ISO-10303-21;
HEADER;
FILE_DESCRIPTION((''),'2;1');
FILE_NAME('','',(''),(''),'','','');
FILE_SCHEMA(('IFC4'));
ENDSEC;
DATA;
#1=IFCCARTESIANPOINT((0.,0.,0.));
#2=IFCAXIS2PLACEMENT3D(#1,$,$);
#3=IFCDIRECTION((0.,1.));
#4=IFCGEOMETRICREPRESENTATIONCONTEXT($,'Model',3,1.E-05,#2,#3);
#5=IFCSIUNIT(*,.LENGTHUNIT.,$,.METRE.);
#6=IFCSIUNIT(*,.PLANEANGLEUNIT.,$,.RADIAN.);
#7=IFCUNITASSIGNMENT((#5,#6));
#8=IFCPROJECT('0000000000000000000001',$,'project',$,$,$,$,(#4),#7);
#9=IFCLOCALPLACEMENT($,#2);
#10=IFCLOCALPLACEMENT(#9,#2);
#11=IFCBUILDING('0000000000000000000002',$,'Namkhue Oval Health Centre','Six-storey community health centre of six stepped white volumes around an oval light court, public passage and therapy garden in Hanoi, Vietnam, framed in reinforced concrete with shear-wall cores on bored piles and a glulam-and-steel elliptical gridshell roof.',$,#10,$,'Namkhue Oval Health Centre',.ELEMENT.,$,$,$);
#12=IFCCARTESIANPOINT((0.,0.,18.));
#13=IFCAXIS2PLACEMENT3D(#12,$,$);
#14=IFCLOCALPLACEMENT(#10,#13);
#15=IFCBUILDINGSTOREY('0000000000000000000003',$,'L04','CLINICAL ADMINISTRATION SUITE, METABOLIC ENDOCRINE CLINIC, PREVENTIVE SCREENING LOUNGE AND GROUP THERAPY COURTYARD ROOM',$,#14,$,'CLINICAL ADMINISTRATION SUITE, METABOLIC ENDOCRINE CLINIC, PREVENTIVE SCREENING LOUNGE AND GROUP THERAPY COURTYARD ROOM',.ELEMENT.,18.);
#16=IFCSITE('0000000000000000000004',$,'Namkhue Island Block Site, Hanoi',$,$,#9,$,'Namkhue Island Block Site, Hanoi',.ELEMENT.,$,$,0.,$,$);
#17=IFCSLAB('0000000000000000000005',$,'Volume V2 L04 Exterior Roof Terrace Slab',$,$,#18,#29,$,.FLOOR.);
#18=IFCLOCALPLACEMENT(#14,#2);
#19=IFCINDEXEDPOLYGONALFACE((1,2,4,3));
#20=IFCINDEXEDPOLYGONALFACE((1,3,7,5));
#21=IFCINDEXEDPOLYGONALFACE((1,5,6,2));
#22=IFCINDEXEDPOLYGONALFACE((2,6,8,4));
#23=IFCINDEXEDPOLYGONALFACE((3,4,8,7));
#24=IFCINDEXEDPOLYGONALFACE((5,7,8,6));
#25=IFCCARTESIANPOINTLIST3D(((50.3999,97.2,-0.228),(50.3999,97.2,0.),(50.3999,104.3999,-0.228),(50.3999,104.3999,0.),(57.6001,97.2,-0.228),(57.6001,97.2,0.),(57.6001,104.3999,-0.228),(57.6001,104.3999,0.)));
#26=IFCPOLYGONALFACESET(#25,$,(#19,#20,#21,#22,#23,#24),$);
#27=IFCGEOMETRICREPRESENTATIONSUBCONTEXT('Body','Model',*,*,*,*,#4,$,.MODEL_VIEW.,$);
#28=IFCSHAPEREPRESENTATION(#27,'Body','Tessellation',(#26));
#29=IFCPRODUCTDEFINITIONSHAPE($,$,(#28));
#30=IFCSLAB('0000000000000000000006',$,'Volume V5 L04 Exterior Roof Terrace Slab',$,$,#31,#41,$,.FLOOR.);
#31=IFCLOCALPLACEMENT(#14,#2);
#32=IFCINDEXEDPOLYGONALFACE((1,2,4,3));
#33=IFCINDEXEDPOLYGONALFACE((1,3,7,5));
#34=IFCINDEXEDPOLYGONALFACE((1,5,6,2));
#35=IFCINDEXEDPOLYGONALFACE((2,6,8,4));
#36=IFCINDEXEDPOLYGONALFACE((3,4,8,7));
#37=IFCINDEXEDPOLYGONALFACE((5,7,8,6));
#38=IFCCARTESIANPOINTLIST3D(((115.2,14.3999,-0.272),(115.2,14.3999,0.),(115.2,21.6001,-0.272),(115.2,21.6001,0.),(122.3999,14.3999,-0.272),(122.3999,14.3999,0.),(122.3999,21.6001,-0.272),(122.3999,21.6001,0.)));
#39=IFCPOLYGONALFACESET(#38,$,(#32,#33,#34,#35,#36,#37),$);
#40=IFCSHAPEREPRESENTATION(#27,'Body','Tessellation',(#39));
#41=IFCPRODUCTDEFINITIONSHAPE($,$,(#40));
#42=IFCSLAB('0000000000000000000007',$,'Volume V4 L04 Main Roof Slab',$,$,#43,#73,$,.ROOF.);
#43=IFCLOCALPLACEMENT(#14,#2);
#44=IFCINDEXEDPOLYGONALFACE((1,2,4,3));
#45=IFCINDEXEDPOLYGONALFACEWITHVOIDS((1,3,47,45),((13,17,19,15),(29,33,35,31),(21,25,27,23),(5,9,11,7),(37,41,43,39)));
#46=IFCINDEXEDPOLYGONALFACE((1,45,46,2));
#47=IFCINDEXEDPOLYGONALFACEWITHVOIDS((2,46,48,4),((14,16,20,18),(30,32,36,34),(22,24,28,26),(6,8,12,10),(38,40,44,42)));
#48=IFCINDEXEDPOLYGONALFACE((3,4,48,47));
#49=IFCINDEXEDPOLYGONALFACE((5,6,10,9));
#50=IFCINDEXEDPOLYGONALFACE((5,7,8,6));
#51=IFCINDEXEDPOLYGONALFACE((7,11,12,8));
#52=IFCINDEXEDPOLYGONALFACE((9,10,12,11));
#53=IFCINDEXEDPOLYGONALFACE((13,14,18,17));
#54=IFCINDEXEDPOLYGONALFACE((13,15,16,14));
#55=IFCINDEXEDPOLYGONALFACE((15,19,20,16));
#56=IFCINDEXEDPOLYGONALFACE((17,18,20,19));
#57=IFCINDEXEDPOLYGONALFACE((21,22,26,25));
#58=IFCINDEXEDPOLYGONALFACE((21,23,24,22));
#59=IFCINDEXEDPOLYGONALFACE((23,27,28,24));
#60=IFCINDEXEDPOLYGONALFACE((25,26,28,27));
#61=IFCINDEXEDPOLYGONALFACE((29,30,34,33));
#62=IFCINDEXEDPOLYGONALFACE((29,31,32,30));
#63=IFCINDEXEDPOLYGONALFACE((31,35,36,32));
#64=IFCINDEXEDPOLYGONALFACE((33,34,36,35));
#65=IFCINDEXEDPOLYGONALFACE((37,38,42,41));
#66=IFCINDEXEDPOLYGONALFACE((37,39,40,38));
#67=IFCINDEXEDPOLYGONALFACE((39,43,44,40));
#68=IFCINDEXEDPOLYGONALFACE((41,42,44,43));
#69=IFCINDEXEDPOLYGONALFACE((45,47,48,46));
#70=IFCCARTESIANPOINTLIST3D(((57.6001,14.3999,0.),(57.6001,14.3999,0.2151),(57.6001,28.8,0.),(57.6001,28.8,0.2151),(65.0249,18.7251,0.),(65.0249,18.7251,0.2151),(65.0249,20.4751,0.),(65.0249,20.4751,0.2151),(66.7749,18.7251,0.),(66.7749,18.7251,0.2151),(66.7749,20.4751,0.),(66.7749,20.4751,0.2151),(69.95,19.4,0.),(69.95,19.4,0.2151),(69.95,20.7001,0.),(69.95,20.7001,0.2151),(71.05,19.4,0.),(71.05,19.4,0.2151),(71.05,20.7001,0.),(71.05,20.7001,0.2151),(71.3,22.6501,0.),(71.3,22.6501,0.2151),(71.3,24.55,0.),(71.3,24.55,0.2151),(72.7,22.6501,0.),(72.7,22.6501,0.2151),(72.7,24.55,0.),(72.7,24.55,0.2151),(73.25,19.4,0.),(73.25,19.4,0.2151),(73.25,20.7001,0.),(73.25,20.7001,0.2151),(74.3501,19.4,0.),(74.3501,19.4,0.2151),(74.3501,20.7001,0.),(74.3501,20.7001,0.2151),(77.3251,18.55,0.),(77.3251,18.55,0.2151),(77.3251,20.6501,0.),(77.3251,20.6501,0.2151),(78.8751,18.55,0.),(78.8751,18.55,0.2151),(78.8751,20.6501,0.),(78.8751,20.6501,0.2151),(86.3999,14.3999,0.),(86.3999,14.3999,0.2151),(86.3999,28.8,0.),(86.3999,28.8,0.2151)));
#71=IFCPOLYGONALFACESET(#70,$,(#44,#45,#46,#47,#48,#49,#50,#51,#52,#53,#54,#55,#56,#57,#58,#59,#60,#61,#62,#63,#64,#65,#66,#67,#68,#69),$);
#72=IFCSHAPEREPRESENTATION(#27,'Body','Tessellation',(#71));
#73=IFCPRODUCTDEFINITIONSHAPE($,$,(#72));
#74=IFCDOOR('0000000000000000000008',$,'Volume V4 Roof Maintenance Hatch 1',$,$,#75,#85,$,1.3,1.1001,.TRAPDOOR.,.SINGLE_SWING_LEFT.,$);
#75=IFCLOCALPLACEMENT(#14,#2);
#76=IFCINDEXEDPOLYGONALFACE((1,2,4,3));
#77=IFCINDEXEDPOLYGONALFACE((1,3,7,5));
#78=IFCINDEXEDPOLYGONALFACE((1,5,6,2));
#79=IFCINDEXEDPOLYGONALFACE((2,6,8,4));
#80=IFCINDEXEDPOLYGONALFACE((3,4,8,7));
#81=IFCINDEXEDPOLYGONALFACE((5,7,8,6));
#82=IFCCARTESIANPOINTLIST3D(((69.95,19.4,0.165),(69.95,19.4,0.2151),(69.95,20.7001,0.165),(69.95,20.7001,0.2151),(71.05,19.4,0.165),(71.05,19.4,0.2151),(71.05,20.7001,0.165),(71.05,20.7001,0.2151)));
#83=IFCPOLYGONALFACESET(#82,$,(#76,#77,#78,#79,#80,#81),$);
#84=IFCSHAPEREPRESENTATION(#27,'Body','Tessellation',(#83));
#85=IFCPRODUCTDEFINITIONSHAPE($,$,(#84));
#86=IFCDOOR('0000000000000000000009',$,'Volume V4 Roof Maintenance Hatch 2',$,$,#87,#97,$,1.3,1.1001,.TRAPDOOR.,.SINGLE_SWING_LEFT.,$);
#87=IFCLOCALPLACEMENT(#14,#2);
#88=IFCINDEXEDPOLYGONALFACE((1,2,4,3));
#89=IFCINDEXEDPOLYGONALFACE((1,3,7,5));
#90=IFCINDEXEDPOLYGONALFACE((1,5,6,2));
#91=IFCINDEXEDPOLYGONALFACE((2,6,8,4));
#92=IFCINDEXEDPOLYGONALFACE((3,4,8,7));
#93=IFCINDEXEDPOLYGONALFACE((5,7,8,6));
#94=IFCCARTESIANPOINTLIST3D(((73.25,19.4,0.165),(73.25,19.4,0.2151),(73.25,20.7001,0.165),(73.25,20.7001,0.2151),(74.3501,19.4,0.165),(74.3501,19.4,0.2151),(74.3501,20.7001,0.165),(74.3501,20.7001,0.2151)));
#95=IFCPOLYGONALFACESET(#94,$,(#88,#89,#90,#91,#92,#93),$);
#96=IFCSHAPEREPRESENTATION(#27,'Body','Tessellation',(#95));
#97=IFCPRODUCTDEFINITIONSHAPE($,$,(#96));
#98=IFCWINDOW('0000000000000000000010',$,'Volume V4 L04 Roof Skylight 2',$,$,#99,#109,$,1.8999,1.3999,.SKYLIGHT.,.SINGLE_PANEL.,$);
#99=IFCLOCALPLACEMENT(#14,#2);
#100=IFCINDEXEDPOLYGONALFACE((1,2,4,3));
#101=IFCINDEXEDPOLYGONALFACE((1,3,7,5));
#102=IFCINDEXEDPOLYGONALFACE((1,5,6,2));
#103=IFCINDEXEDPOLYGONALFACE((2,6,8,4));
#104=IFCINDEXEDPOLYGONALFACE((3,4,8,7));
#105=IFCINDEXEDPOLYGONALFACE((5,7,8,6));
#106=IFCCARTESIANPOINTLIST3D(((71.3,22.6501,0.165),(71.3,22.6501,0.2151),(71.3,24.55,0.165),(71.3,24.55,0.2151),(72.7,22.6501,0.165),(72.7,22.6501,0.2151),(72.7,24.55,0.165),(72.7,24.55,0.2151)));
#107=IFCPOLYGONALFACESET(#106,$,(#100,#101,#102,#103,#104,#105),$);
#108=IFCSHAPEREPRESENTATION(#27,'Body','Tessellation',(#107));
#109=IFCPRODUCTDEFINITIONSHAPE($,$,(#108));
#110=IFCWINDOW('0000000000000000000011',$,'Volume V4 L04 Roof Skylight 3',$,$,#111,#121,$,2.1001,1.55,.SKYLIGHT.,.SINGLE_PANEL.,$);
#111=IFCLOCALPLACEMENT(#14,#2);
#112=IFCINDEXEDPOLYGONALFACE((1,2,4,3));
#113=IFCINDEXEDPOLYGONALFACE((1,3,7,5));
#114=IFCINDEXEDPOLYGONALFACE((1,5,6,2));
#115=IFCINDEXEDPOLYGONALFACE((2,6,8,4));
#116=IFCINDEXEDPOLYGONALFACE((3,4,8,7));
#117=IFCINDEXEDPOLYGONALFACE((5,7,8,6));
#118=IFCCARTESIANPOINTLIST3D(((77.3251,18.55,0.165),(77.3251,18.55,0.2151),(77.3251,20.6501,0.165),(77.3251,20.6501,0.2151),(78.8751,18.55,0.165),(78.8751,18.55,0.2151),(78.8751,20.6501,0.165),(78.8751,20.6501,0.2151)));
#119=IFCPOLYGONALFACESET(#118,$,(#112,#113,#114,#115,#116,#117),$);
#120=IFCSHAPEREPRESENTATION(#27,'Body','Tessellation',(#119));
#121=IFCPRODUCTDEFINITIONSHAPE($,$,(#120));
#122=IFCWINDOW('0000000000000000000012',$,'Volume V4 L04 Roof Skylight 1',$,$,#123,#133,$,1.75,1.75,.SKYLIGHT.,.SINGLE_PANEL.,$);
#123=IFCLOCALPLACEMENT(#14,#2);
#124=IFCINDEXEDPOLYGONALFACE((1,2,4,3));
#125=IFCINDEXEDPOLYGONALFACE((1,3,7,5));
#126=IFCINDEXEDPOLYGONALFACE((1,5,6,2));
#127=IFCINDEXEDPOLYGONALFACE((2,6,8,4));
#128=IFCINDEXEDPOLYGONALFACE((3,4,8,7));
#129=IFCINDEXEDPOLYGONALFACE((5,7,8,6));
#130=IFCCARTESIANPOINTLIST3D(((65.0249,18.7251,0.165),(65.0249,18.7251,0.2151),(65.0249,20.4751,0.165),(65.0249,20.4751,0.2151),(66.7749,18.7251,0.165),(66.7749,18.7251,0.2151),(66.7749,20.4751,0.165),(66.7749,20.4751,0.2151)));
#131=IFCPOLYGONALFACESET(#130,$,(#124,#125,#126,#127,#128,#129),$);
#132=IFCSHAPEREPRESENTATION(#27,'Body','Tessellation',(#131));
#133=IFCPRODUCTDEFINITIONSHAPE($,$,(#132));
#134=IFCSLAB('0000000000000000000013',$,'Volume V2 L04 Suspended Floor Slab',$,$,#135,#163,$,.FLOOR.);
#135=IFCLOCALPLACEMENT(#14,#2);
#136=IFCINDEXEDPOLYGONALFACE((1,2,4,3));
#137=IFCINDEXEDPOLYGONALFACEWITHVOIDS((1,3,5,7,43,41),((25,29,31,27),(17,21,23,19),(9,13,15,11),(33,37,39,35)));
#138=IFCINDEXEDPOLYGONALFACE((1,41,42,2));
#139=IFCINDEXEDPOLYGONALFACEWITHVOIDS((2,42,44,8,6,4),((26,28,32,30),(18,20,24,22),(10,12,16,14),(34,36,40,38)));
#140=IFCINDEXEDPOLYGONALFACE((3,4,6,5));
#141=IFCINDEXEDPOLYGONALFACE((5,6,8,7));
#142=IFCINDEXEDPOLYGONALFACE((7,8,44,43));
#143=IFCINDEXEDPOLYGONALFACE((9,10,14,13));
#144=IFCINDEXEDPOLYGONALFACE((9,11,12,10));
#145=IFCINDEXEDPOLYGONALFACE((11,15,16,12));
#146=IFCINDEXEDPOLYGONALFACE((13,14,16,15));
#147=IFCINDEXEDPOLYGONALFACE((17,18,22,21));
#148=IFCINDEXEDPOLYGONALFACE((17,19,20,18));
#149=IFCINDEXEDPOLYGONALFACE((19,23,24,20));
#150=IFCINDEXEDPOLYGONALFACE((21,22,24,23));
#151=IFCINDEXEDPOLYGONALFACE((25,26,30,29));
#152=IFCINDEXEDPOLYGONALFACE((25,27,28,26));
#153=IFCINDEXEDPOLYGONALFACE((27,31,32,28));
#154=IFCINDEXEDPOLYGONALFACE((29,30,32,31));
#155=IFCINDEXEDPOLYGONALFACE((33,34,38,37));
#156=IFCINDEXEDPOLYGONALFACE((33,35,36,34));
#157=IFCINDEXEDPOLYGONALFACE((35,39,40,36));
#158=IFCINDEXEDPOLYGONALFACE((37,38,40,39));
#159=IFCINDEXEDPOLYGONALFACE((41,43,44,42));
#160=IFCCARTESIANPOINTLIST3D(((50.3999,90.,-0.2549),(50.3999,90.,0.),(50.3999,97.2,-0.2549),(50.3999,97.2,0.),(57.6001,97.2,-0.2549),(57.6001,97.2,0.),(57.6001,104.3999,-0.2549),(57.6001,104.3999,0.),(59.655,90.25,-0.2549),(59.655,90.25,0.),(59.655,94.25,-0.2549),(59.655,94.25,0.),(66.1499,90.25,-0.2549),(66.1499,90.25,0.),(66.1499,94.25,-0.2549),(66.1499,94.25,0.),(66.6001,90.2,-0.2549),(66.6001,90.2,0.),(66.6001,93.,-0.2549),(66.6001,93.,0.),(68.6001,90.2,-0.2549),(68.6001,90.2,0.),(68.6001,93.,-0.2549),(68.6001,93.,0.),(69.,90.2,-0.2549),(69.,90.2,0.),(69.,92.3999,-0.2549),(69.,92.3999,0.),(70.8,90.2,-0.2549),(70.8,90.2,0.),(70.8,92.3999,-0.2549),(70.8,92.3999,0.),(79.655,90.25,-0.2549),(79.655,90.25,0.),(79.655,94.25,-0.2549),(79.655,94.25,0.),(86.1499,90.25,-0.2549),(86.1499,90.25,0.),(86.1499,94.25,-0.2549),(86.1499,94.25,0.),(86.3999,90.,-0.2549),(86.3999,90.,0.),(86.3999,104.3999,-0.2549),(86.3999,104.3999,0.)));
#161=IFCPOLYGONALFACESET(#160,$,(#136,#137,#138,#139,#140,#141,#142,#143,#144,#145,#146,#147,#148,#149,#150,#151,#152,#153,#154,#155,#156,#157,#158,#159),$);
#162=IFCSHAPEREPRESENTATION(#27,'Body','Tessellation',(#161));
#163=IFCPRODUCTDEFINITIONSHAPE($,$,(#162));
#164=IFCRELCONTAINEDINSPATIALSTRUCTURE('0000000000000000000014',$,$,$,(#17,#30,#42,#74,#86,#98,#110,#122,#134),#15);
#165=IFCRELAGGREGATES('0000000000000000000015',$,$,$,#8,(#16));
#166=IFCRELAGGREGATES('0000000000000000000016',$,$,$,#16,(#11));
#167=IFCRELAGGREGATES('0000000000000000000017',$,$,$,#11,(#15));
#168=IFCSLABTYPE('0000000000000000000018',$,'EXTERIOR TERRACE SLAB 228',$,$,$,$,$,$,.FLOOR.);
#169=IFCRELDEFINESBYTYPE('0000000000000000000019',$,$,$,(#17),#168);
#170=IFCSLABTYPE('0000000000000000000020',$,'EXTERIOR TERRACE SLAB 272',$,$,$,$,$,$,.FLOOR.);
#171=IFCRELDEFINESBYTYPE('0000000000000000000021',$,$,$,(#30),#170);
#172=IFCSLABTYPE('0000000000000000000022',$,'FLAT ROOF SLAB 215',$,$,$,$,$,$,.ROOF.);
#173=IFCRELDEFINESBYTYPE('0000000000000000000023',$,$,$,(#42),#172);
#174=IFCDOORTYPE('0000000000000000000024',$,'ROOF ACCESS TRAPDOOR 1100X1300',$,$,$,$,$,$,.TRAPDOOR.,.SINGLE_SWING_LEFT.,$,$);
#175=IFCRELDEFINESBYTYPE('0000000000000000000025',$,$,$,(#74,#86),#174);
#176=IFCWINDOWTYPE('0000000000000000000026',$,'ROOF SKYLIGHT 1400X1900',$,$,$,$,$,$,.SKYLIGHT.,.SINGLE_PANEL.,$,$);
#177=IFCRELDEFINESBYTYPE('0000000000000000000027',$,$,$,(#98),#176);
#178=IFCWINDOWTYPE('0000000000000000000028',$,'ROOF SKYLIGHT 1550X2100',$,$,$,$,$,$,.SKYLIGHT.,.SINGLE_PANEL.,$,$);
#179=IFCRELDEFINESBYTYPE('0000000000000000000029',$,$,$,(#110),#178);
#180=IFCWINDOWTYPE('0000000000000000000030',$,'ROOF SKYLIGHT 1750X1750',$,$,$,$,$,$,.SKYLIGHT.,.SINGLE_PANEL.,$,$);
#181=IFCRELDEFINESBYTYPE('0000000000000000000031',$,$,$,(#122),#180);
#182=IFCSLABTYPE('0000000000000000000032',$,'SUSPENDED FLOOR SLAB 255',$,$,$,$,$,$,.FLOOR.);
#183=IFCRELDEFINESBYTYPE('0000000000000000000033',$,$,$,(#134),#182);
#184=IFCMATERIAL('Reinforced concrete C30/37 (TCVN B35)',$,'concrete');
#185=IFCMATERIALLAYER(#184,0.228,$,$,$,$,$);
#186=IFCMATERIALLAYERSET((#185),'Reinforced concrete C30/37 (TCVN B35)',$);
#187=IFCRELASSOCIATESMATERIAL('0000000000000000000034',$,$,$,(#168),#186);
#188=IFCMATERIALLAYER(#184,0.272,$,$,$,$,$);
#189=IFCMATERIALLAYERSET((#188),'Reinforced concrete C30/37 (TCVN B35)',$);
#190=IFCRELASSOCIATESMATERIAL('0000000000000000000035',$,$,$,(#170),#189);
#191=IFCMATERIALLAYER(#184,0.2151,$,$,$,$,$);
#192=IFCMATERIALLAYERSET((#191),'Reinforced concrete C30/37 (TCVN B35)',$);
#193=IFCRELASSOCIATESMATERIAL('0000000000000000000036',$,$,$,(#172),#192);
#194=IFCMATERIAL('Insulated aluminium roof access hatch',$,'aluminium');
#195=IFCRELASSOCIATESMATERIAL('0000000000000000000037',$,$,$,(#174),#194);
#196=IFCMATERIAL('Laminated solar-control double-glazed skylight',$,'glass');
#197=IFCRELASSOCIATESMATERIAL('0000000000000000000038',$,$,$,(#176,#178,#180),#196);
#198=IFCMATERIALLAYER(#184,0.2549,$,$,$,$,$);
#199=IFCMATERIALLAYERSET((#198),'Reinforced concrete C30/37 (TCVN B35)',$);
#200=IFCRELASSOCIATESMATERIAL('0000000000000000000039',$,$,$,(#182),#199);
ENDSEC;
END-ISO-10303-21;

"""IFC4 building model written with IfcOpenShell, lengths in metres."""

from ifc_helpers import new_model, si_unit, direction, frame, origin, origin_2d, place, context, subcontext, project, spatial, polyline, rectangle, outline, extrude, material, layer, layer_set, type_object, element, fill, save


model = new_model("IFC4")

# Units and contexts
model_context = context("Model", 3, precision=1e-05, world=origin(), true_north=direction((0.0, 1.0)))
body_context = subcontext(model_context, "Body", "Model", "MODEL_VIEW")
ifc_project = project(units=[si_unit("LENGTHUNIT", "METRE"), si_unit("PLANEANGLEUNIT", "RADIAN")], contexts=[model_context])

# Site, building, storey
site_placement = place(None, origin())
site = spatial("IfcSite", under=ifc_project, at=site_placement, Name="Namkhue Island Block Site, Hanoi", LongName="Namkhue Island Block Site, Hanoi", CompositionType="ELEMENT", RefElevation=0.0)
building_placement = place(site_placement, origin())
building = spatial("IfcBuilding", under=site, at=building_placement, Name="Namkhue Oval Health Centre", Description="Six-storey community health centre of six stepped white volumes around an oval light court, public passage and therapy garden in Hanoi, Vietnam, framed in reinforced concrete with shear-wall cores on bored piles and a glulam-and-steel elliptical gridshell roof.", LongName="Namkhue Oval Health Centre", CompositionType="ELEMENT")
storey_placement = place(building_placement, frame((0.0, 0.0, 18.0)))
storey = spatial("IfcBuildingStorey", under=building, at=storey_placement, Name="L04", Description="CLINICAL ADMINISTRATION SUITE, METABOLIC ENDOCRINE CLINIC, PREVENTIVE SCREENING LOUNGE AND GROUP THERAPY COURTYARD ROOM", LongName="CLINICAL ADMINISTRATION SUITE, METABOLIC ENDOCRINE CLINIC, PREVENTIVE SCREENING LOUNGE AND GROUP THERAPY COURTYARD ROOM", CompositionType="ELEMENT", Elevation=18.0)

# Slabs
ifc_material_1 = material(Name="Reinforced concrete C30/37 (TCVN B35)", Category="concrete")
ifc_layer_1 = layer(ifc_material_1, 0.228)
ifc_layer_set_1 = layer_set([ifc_layer_1], Name="Reinforced concrete C30/37 (TCVN B35)")
slab_type_1 = type_object("IfcSlabType", Name="EXTERIOR TERRACE SLAB 228", PredefinedType="FLOOR", material=ifc_layer_set_1)
slab_1_placement = place(storey_placement, frame((0.0, 0.0, -0.228)))
element("IfcSlab", 1, at=slab_1_placement, inside=storey, type_object=slab_type_1, Name="Volume V2 L04 Exterior Roof Terrace Slab", PredefinedType="FLOOR", context=body_context, shape_type="SweptSolid", body=[
    extrude(outline(polyline([(50.3999, 97.2), (57.6001, 97.2), (57.6001, 104.3999), (50.3999, 104.3999), (50.3999, 97.2)])), origin(), (0.0, 0.0, 1.0), 0.228),
])
ifc_layer_2 = layer(ifc_material_1, 0.272)
ifc_layer_set_2 = layer_set([ifc_layer_2], Name="Reinforced concrete C30/37 (TCVN B35)")
slab_type_2 = type_object("IfcSlabType", Name="EXTERIOR TERRACE SLAB 272", PredefinedType="FLOOR", material=ifc_layer_set_2)
slab_2_placement = place(storey_placement, frame((0.0, 0.0, -0.272)))
element("IfcSlab", 2, at=slab_2_placement, inside=storey, type_object=slab_type_2, Name="Volume V5 L04 Exterior Roof Terrace Slab", PredefinedType="FLOOR", context=body_context, shape_type="SweptSolid", body=[
    extrude(outline(polyline([(115.2, 14.3999), (122.3999, 14.3999), (122.3999, 21.6001), (115.2, 21.6001), (115.2, 14.3999)])), origin(), (0.0, 0.0, 1.0), 0.272),
])

# Slab, openings, doors, windows
ifc_layer_3 = layer(ifc_material_1, 0.2151)
ifc_layer_set_3 = layer_set([ifc_layer_3], Name="Reinforced concrete C30/37 (TCVN B35)")
slab_type_3 = type_object("IfcSlabType", Name="FLAT ROOF SLAB 215", PredefinedType="ROOF", material=ifc_layer_set_3)
slab_3_placement = place(storey_placement, origin())
slab_3 = element("IfcSlab", 3, at=slab_3_placement, inside=storey, type_object=slab_type_3, Name="Volume V4 L04 Main Roof Slab", PredefinedType="ROOF", context=body_context, shape_type="SweptSolid", body=[
    extrude(outline(polyline([(57.6001, 14.3999), (86.3999, 14.3999), (86.3999, 28.8), (57.6001, 28.8), (57.6001, 14.3999)])), origin(), (0.0, 0.0, 1.0), 0.2151),
])
opening_1_placement = place(slab_3_placement, frame((70.5, 20.05, 0.0)))
opening_1 = element("IfcOpeningElement", 4, at=opening_1_placement, cuts=slab_3, PredefinedType="OPENING", context=body_context, shape_type="SweptSolid", body=[
    extrude(rectangle(XDim=1.1001, YDim=1.3, at=origin_2d()), frame((0.0, 0.0, -0.01)), (0.0, 0.0, 1.0), 0.2351),
])
opening_2_placement = place(slab_3_placement, frame((73.8, 20.05, 0.0)))
opening_2 = element("IfcOpeningElement", 5, at=opening_2_placement, cuts=slab_3, PredefinedType="OPENING", context=body_context, shape_type="SweptSolid", body=[
    extrude(rectangle(XDim=1.1001, YDim=1.3, at=origin_2d()), frame((0.0, 0.0, -0.01)), (0.0, 0.0, 1.0), 0.2351),
])
opening_3_placement = place(slab_3_placement, frame((65.8999, 19.6001, 0.0)))
opening_3 = element("IfcOpeningElement", 6, at=opening_3_placement, cuts=slab_3, PredefinedType="OPENING", context=body_context, shape_type="SweptSolid", body=[
    extrude(rectangle(XDim=1.75, YDim=1.75, at=origin_2d()), frame((0.0, 0.0, -0.01)), (0.0, 0.0, 1.0), 0.2351),
])
opening_4_placement = place(slab_3_placement, frame((72.0, 23.6001, 0.0)))
opening_4 = element("IfcOpeningElement", 7, at=opening_4_placement, cuts=slab_3, PredefinedType="OPENING", context=body_context, shape_type="SweptSolid", body=[
    extrude(rectangle(XDim=1.3999, YDim=1.8999, at=origin_2d()), frame((0.0, 0.0, -0.01)), (0.0, 0.0, 1.0), 0.2351),
])
opening_5_placement = place(slab_3_placement, frame((78.1001, 19.6001, 0.0)))
opening_5 = element("IfcOpeningElement", 8, at=opening_5_placement, cuts=slab_3, PredefinedType="OPENING", context=body_context, shape_type="SweptSolid", body=[
    extrude(rectangle(XDim=1.55, YDim=2.1001, at=origin_2d()), frame((0.0, 0.0, -0.01)), (0.0, 0.0, 1.0), 0.2351),
])
ifc_material_2 = material(Name="Insulated aluminium roof access hatch", Category="aluminium")
door_type = type_object("IfcDoorType", Name="ROOF ACCESS TRAPDOOR 1100X1300", OperationType="SINGLE_SWING_LEFT", PredefinedType="TRAPDOOR", material=ifc_material_2)
door_1_placement = place(opening_1_placement, frame((0.0, 0.0, 0.165)))
door_1 = element("IfcDoor", 9, at=door_1_placement, inside=storey, type_object=door_type, Name="Volume V4 Roof Maintenance Hatch 1", OperationType="SINGLE_SWING_LEFT", OverallHeight=1.3, OverallWidth=1.1001, PredefinedType="TRAPDOOR", context=body_context, shape_type="SweptSolid", body=[
    extrude(rectangle(XDim=1.1001, YDim=1.3, at=origin_2d()), origin(), (0.0, 0.0, 1.0), 0.05),
])
fill(opening_1, door_1)
door_2_placement = place(opening_2_placement, frame((0.0, 0.0, 0.165)))
door_2 = element("IfcDoor", 10, at=door_2_placement, inside=storey, type_object=door_type, Name="Volume V4 Roof Maintenance Hatch 2", OperationType="SINGLE_SWING_LEFT", OverallHeight=1.3, OverallWidth=1.1001, PredefinedType="TRAPDOOR", context=body_context, shape_type="SweptSolid", body=[
    extrude(rectangle(XDim=1.1001, YDim=1.3, at=origin_2d()), origin(), (0.0, 0.0, 1.0), 0.05),
])
fill(opening_2, door_2)
ifc_material_3 = material(Name="Laminated solar-control double-glazed skylight", Category="glass")
window_type_1 = type_object("IfcWindowType", Name="ROOF SKYLIGHT 1400X1900", PartitioningType="SINGLE_PANEL", PredefinedType="SKYLIGHT", material=ifc_material_3)
window_1_placement = place(opening_4_placement, frame((0.0, 0.0, 0.165)))
window_1 = element("IfcWindow", 11, at=window_1_placement, inside=storey, type_object=window_type_1, Name="Volume V4 L04 Roof Skylight 2", OverallHeight=1.8999, OverallWidth=1.3999, PartitioningType="SINGLE_PANEL", PredefinedType="SKYLIGHT", context=body_context, shape_type="SweptSolid", body=[
    extrude(rectangle(XDim=1.3999, YDim=1.8999, at=origin_2d()), origin(), (0.0, 0.0, 1.0), 0.05),
])
fill(opening_4, window_1)
window_type_2 = type_object("IfcWindowType", Name="ROOF SKYLIGHT 1550X2100", PartitioningType="SINGLE_PANEL", PredefinedType="SKYLIGHT", material=ifc_material_3)
window_2_placement = place(opening_5_placement, frame((0.0, 0.0, 0.165)))
window_2 = element("IfcWindow", 12, at=window_2_placement, inside=storey, type_object=window_type_2, Name="Volume V4 L04 Roof Skylight 3", OverallHeight=2.1001, OverallWidth=1.55, PartitioningType="SINGLE_PANEL", PredefinedType="SKYLIGHT", context=body_context, shape_type="SweptSolid", body=[
    extrude(rectangle(XDim=1.55, YDim=2.1001, at=origin_2d()), origin(), (0.0, 0.0, 1.0), 0.05),
])
fill(opening_5, window_2)
window_type_3 = type_object("IfcWindowType", Name="ROOF SKYLIGHT 1750X1750", PartitioningType="SINGLE_PANEL", PredefinedType="SKYLIGHT", material=ifc_material_3)
window_3_placement = place(opening_3_placement, frame((0.0, 0.0, 0.165)))
window_3 = element("IfcWindow", 13, at=window_3_placement, inside=storey, type_object=window_type_3, Name="Volume V4 L04 Roof Skylight 1", OverallHeight=1.75, OverallWidth=1.75, PartitioningType="SINGLE_PANEL", PredefinedType="SKYLIGHT", context=body_context, shape_type="SweptSolid", body=[
    extrude(rectangle(XDim=1.75, YDim=1.75, at=origin_2d()), origin(), (0.0, 0.0, 1.0), 0.05),
])
fill(opening_3, window_3)

# Slab
ifc_layer_4 = layer(ifc_material_1, 0.2549)
ifc_layer_set_4 = layer_set([ifc_layer_4], Name="Reinforced concrete C30/37 (TCVN B35)")
slab_type_4 = type_object("IfcSlabType", Name="SUSPENDED FLOOR SLAB 255", PredefinedType="FLOOR", material=ifc_layer_set_4)
slab_4_placement = place(storey_placement, frame((0.0, 0.0, -0.2549)))
element("IfcSlab", 14, at=slab_4_placement, inside=storey, type_object=slab_type_4, Name="Volume V2 L04 Suspended Floor Slab", PredefinedType="FLOOR", context=body_context, shape_type="SweptSolid", body=[
    extrude(outline(polyline([(50.3999, 90.0), (86.3999, 90.0), (86.3999, 104.3999), (57.6001, 104.3999), (57.6001, 97.2), (50.3999, 97.2), (50.3999, 90.0)]), holes=[polyline([(59.655, 90.25), (66.1499, 90.25), (66.1499, 94.25), (59.655, 94.25), (59.655, 90.25)]), polyline([(79.655, 90.25), (86.1499, 90.25), (86.1499, 94.25), (79.655, 94.25), (79.655, 90.25)]), polyline([(66.6001, 90.2), (68.6001, 90.2), (68.6001, 93.0), (66.6001, 93.0), (66.6001, 90.2)]), polyline([(69.0, 90.2), (70.8, 90.2), (70.8, 92.3999), (69.0, 92.3999), (69.0, 90.2)])]), origin(), (0.0, 0.0, 1.0), 0.2549),
])

save(model, "model.ifc")
